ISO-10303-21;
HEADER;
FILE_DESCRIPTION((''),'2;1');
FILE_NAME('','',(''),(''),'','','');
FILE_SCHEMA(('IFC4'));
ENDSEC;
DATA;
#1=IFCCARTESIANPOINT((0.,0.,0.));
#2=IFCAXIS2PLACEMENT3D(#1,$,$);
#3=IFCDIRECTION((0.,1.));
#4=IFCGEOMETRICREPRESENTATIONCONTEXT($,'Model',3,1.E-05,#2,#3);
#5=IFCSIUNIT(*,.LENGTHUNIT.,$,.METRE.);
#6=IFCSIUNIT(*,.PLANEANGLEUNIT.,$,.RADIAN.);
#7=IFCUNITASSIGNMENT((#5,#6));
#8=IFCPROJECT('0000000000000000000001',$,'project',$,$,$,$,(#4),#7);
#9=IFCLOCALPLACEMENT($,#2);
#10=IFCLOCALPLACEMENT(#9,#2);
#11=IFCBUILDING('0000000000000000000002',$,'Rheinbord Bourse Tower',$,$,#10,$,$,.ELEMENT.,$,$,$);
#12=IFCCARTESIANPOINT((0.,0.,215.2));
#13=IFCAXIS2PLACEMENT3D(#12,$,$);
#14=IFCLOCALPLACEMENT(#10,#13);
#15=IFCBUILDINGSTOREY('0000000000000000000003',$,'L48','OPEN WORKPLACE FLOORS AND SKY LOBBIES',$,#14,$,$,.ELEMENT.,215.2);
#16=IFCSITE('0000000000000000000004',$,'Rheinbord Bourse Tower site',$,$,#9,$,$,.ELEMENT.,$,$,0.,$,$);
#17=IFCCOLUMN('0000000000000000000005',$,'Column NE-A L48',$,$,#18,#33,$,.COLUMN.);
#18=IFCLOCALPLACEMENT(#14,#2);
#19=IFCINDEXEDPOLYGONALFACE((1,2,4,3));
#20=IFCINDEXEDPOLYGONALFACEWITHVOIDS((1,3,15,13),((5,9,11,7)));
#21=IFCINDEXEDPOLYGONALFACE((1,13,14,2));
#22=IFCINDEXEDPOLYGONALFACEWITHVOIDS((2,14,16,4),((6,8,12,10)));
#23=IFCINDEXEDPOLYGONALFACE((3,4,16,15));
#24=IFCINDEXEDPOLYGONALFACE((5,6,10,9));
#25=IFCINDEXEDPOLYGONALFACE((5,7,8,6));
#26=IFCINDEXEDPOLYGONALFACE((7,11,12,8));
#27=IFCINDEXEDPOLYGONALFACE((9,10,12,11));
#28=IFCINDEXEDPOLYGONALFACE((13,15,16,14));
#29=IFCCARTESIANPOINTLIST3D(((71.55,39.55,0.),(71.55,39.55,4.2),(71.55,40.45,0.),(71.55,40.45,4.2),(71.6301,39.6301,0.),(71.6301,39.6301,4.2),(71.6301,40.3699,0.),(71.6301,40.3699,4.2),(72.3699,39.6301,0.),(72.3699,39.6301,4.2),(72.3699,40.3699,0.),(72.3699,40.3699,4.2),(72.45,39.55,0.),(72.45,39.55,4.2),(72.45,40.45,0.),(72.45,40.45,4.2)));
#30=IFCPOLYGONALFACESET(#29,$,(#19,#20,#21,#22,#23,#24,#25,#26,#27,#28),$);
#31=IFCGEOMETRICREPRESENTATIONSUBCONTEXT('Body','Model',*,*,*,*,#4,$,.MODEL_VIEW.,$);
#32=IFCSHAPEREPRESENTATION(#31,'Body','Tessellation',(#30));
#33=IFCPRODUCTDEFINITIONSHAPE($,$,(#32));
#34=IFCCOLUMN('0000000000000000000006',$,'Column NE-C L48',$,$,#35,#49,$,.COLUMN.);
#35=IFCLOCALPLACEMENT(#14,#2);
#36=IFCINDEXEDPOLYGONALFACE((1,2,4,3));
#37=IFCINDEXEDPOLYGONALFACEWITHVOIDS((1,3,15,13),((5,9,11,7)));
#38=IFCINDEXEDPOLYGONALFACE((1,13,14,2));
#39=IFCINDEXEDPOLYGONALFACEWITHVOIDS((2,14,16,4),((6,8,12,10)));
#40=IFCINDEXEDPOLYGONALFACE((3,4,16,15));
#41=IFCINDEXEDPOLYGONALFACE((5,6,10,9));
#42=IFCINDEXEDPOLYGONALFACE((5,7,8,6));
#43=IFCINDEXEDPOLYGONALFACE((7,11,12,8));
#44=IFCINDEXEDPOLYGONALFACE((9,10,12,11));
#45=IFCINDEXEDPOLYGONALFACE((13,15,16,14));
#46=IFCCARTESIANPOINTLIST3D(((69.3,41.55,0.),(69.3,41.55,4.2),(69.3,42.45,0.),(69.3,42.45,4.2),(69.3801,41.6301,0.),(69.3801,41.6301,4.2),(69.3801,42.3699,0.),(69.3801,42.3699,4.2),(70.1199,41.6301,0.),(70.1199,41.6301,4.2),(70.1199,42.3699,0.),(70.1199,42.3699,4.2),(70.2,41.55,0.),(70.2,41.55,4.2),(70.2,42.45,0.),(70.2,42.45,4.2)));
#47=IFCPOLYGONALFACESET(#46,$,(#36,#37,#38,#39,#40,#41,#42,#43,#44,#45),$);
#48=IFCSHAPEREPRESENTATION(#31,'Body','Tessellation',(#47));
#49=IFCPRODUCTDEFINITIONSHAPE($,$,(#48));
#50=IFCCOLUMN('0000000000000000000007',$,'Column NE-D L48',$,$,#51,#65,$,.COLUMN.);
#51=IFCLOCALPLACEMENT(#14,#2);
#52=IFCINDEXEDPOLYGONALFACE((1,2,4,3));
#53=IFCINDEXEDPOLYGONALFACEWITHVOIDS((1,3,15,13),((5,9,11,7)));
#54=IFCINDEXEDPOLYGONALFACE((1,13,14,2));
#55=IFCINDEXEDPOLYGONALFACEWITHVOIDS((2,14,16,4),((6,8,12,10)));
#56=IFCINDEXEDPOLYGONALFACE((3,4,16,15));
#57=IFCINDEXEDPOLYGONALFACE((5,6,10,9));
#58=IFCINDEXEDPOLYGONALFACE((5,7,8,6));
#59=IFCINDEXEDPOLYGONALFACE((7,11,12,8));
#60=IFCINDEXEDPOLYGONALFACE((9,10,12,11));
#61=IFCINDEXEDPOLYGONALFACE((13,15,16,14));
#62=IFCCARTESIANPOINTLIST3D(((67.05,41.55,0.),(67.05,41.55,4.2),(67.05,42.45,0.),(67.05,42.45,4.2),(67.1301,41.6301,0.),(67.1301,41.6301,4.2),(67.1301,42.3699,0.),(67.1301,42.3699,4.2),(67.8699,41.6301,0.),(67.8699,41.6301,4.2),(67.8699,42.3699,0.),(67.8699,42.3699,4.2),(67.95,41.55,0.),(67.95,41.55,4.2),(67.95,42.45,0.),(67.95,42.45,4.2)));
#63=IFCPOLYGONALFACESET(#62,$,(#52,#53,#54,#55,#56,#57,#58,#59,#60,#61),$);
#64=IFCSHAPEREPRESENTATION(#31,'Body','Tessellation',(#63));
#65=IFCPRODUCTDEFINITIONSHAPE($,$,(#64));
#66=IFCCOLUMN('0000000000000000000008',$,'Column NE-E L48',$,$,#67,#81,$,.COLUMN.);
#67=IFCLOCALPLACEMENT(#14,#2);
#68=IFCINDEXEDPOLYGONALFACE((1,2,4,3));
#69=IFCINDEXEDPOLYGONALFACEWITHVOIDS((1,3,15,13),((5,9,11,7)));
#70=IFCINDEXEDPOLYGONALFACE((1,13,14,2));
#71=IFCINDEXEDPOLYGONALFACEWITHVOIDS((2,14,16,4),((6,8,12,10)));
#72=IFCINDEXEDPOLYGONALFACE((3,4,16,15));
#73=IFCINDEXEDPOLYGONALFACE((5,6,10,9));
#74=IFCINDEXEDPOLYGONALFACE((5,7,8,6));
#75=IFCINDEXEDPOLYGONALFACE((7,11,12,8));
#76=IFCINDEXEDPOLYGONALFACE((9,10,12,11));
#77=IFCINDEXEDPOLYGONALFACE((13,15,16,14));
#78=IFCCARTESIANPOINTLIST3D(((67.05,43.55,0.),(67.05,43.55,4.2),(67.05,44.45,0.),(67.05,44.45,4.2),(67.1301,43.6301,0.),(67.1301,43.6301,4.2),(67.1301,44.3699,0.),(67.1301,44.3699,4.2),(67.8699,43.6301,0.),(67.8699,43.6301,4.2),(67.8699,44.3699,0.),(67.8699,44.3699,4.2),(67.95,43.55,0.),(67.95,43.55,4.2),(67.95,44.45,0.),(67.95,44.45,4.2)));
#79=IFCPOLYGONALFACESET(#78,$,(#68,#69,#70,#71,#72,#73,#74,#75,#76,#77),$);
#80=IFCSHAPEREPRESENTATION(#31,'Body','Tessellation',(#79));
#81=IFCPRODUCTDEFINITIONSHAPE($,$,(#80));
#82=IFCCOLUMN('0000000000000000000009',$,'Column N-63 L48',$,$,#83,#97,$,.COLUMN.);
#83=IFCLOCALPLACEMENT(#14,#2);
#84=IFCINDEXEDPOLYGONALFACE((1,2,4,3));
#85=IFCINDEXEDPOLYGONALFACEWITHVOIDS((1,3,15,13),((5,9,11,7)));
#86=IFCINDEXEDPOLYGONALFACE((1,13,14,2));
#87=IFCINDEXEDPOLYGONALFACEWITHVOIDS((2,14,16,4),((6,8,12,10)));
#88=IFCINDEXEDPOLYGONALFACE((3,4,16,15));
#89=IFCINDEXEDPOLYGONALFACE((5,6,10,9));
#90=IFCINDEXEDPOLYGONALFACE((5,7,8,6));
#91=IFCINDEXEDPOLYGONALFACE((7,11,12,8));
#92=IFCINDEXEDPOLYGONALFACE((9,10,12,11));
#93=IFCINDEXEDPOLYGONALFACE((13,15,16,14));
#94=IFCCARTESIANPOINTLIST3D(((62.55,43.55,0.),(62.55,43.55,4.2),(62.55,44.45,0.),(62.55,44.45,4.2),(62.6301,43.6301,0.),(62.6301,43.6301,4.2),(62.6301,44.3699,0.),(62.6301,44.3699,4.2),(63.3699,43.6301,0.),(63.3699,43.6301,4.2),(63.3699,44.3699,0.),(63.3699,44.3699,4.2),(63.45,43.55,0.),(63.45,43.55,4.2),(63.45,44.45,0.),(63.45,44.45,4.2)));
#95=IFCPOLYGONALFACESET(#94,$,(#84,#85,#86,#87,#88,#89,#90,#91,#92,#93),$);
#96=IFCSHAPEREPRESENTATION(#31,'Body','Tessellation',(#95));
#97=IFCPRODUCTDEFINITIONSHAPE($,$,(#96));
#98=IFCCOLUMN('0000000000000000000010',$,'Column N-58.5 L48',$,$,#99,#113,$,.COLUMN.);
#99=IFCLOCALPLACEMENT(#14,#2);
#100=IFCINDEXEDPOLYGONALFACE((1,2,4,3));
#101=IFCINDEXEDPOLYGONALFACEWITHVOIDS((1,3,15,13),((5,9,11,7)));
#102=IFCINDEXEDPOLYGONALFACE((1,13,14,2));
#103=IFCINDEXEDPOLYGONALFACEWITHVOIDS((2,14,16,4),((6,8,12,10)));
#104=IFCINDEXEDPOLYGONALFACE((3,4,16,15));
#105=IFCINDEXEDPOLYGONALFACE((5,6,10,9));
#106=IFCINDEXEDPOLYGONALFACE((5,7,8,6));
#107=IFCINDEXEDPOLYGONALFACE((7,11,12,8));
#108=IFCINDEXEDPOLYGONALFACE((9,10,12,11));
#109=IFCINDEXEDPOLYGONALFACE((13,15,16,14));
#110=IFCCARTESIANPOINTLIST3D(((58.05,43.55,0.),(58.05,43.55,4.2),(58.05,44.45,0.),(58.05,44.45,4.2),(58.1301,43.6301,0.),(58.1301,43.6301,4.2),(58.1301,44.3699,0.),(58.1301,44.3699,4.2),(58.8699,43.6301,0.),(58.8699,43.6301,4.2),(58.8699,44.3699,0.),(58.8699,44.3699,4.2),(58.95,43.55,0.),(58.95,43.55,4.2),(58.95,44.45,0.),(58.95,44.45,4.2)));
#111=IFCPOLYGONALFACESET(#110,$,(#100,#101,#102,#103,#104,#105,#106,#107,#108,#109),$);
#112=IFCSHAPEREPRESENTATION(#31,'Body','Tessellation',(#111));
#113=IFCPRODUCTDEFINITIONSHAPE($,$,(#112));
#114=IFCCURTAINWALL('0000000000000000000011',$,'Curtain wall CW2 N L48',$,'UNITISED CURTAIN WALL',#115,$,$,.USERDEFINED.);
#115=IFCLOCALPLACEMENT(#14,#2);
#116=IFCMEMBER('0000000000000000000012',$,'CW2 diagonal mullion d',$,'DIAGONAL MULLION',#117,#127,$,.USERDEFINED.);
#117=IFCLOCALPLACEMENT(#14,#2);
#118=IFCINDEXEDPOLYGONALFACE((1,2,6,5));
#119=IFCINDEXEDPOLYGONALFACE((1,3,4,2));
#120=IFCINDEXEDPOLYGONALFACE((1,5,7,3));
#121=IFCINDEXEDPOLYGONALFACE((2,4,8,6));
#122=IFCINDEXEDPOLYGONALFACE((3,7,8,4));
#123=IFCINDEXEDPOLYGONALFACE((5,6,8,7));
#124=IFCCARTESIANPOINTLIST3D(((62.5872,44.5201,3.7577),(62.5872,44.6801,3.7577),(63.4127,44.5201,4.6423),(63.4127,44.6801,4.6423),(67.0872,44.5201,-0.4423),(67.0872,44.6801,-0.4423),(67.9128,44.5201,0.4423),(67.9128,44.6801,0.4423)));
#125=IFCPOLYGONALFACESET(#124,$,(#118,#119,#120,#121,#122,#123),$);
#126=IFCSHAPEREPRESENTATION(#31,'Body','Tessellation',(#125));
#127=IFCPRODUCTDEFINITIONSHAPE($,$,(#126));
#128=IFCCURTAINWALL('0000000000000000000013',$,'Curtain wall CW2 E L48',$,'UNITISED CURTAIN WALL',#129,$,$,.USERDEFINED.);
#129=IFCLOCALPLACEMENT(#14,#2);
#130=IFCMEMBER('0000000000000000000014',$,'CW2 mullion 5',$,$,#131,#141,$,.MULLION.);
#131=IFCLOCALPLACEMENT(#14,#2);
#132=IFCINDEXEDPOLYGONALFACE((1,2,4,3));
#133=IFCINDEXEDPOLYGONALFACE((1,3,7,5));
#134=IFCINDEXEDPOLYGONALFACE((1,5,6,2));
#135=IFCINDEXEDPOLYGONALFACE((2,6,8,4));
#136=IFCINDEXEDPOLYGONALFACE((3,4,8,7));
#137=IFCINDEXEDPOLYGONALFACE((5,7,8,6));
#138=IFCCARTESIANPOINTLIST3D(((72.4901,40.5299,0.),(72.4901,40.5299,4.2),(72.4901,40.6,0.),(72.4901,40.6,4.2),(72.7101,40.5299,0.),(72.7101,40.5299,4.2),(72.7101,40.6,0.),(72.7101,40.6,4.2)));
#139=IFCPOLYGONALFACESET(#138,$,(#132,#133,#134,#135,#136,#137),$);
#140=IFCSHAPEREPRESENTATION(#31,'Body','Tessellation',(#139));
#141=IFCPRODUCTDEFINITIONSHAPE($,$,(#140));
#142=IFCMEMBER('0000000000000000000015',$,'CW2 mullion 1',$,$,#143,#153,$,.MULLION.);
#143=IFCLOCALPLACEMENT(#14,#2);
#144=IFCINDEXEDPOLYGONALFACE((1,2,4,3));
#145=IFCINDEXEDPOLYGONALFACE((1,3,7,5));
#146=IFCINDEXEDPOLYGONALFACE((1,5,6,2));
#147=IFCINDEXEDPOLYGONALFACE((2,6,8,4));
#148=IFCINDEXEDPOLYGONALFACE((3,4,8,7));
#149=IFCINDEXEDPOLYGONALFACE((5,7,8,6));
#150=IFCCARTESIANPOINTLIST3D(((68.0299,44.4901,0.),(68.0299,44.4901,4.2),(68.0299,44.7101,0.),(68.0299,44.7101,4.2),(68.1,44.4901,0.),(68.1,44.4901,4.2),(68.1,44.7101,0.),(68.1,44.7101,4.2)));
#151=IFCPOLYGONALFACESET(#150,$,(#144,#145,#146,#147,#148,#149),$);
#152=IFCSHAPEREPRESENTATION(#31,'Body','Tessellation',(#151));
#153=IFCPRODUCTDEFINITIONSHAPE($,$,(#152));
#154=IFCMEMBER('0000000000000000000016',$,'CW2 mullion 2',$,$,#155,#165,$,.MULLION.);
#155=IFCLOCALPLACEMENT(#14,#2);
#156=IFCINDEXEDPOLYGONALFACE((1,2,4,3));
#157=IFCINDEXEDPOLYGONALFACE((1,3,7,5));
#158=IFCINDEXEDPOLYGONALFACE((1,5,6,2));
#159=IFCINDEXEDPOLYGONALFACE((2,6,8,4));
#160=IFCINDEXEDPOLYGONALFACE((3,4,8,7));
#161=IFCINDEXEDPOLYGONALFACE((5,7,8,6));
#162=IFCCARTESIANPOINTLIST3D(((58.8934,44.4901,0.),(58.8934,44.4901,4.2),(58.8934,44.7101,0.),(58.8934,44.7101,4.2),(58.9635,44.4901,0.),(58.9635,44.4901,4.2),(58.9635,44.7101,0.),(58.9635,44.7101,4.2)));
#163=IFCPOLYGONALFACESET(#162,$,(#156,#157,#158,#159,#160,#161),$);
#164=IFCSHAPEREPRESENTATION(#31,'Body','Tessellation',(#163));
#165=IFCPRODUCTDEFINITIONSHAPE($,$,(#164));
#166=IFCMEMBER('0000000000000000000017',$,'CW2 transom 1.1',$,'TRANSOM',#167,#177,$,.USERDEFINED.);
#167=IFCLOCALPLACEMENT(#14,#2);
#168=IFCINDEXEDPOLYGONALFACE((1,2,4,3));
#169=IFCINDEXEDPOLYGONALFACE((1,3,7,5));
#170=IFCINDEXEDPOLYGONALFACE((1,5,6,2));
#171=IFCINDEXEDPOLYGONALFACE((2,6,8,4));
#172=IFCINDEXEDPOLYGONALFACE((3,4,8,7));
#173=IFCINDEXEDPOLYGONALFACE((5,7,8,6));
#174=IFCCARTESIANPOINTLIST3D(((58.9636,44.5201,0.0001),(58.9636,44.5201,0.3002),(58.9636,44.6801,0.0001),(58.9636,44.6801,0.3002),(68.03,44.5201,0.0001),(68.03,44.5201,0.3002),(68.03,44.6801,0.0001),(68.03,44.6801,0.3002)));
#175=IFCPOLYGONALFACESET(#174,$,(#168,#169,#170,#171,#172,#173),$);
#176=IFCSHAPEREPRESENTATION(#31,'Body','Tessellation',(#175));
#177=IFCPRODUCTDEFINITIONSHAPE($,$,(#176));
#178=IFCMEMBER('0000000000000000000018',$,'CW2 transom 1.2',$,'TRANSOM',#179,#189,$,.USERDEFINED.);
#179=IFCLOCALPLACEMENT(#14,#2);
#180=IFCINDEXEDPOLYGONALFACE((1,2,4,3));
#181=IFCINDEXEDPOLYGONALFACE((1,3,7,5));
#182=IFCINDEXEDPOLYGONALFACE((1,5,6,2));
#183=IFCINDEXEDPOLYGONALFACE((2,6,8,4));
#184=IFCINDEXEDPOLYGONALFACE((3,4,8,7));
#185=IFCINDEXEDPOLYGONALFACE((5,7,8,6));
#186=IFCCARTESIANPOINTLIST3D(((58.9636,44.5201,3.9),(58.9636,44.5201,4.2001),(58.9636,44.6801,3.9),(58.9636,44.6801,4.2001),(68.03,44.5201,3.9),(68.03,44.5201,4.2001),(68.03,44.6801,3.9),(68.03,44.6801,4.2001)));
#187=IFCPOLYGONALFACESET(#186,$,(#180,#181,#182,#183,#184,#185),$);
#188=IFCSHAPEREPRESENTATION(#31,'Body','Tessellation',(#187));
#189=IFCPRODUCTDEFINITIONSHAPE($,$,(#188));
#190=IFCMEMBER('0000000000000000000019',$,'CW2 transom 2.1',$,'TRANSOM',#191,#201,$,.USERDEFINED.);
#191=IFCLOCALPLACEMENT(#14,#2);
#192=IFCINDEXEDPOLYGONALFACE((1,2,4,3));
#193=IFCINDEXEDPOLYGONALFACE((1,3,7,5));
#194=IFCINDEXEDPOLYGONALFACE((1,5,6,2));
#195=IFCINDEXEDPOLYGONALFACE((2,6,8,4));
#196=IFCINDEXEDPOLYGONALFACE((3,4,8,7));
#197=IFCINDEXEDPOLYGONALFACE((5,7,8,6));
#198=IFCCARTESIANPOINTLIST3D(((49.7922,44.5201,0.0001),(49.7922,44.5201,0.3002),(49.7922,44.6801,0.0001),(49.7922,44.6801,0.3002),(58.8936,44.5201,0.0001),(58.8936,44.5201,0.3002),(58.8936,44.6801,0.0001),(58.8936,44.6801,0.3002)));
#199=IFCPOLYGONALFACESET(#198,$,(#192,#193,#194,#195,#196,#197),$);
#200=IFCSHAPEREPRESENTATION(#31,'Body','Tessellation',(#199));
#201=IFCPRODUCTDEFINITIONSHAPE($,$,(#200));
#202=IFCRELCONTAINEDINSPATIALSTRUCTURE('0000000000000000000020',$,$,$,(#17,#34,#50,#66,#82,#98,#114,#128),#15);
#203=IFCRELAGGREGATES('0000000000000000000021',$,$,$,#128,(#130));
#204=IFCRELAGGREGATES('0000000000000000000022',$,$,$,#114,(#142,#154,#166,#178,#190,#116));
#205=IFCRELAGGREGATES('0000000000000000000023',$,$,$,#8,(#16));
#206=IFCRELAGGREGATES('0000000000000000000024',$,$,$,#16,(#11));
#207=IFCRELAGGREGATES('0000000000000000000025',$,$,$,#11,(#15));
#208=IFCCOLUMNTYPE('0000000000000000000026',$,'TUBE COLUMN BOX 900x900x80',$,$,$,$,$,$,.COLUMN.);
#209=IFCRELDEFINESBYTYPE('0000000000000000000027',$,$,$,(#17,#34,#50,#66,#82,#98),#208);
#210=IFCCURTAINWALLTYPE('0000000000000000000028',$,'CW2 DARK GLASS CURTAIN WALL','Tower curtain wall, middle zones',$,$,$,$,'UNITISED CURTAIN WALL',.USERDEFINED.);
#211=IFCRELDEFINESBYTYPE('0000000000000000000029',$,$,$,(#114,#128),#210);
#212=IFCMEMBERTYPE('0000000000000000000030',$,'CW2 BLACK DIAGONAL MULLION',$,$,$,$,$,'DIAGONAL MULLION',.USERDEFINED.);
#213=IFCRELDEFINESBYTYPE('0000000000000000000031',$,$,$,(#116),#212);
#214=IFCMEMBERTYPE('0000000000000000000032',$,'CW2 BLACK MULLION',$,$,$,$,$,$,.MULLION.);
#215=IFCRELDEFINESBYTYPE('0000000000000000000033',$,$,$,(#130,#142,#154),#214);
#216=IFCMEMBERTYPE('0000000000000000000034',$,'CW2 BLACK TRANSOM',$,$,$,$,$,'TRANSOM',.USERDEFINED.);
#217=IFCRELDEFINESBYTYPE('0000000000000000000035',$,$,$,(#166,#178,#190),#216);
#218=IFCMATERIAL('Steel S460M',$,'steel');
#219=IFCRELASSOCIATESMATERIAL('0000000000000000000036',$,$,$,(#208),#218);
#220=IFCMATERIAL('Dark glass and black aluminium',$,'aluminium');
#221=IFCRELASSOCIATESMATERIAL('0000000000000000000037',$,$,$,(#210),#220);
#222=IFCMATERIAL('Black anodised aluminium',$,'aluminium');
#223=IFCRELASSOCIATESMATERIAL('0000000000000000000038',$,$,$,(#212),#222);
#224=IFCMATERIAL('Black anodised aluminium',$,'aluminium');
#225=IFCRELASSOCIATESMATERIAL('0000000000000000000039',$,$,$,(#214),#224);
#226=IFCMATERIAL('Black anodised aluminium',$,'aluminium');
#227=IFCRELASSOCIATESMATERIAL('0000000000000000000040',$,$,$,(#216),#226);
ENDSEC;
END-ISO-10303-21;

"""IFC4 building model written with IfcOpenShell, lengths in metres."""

from ifc_helpers import new_model, si_unit, direction, frame, origin, origin_2d, place, context, subcontext, project, spatial, rectangle, hollow_rectangle, extrude, material, material_profile, profile_set, type_object, element, aggregate, save


model = new_model("IFC4")

# Units and contexts
model_context = context("Model", 3, precision=1e-05, world=origin(), true_north=direction((0.0, 1.0)))
body_context = subcontext(model_context, "Body", "Model", "MODEL_VIEW")
ifc_project = project(units=[si_unit("LENGTHUNIT", "METRE"), si_unit("PLANEANGLEUNIT", "RADIAN")], contexts=[model_context])

# Site, building, storey
site_placement = place(None, origin())
site = spatial("IfcSite", under=ifc_project, at=site_placement, Name="Rheinbord Bourse Tower site", CompositionType="ELEMENT", RefElevation=0.0)
building_placement = place(site_placement, origin())
building = spatial("IfcBuilding", under=site, at=building_placement, Name="Rheinbord Bourse Tower", CompositionType="ELEMENT")
storey_placement = place(building_placement, frame((0.0, 0.0, 215.2)))
storey = spatial("IfcBuildingStorey", under=building, at=storey_placement, Name="L48", Description="OPEN WORKPLACE FLOORS AND SKY LOBBIES", CompositionType="ELEMENT", Elevation=215.2)

# Columns
ifc_material_1 = material(Name="Steel S460M", Category="steel")
ifc_material_profile_1 = material_profile(ifc_material_1, hollow_rectangle(XDim=0.8999, YDim=0.8999, WallThickness=0.0801, at=origin_2d()), Name="BOX 900x900x80")
ifc_profile_set_1 = profile_set([ifc_material_profile_1], Name="Steel S460M")
column_type = type_object("IfcColumnType", Name="TUBE COLUMN BOX 900x900x80", PredefinedType="COLUMN", material=ifc_profile_set_1)
for number, where, z_axis, x_axis, name in (
    (1, (72.0, 40.0, 0.0), (0.0, 0.0, 1.0), (1.0, 0.0, 0.0), "Column NE-A L48"),
    (2, (69.75, 42.0, 0.0), (0.0, 0.0, 1.0), (1.0, 0.0, 0.0), "Column NE-C L48"),
    (3, (67.5, 42.0, 0.0), (0.0, 0.0, 1.0), (0.0, 1.0, 0.0), "Column NE-D L48"),
    (4, (67.5, 44.0, 0.0), (0.0, 0.0, 1.0), (0.0, 1.0, 0.0), "Column NE-E L48"),
    (5, (63.0, 44.0, 0.0), (0.0, 0.0, 1.0), (0.0, 1.0, 0.0), "Column N-63 L48"),
    (6, (58.5, 44.0, 0.0), (0.0, 0.0, 1.0), (0.0, 1.0, 0.0), "Column N-58.5 L48"),
):
    element("IfcColumn", number, at=place(storey_placement, frame(where, z_axis=z_axis, x_axis=x_axis)), inside=storey, type_object=column_type, Name=name, PredefinedType="COLUMN", context=body_context, shape_type="SweptSolid", body=[
        extrude(hollow_rectangle(XDim=0.8999, YDim=0.8999, WallThickness=0.0801, at=origin_2d()), origin(), (0.0, 0.0, 1.0), 4.2),
    ])

# Curtain walls, members
ifc_material_2 = material(Name="Dark glass and black aluminium", Category="aluminium")
curtain_wall_type = type_object("IfcCurtainWallType", Name="CW2 DARK GLASS CURTAIN WALL", Description="Tower curtain wall, middle zones", ElementType="UNITISED CURTAIN WALL", PredefinedType="USERDEFINED", material=ifc_material_2)
curtain_wall_1_placement = place(storey_placement, origin())
curtain_wall_1 = element("IfcCurtainWall", 7, at=curtain_wall_1_placement, inside=storey, type_object=curtain_wall_type, Name="Curtain wall CW2 N L48", ObjectType="UNITISED CURTAIN WALL", PredefinedType="USERDEFINED")
ifc_material_3 = material(Name="Black anodised aluminium", Category="aluminium")
ifc_material_profile_2 = material_profile(ifc_material_3, rectangle(XDim=0.1599, YDim=1.21, at=origin_2d()), Name="CW2 DIAGONAL MULLION 1210x160")
ifc_profile_set_2 = profile_set([ifc_material_profile_2], Name="Black anodised aluminium")
member_type_1 = type_object("IfcMemberType", Name="CW2 BLACK DIAGONAL MULLION", ElementType="DIAGONAL MULLION", PredefinedType="USERDEFINED", material=ifc_profile_set_2)
member_1_placement = place(storey_placement, frame((67.5, 44.6001, 0.0), z_axis=(-0.731059, 0.0, 0.682314), x_axis=(0.0, -1.0, 0.0)))
member_1 = element("IfcMember", 8, at=member_1_placement, type_object=member_type_1, Name="CW2 diagonal mullion d", ObjectType="DIAGONAL MULLION", PredefinedType="USERDEFINED", context=body_context, shape_type="SweptSolid", body=[
    extrude(rectangle(XDim=0.1599, YDim=1.21, at=origin_2d()), origin(), (0.0, 0.0, 1.0), 6.1555),
])
curtain_wall_2_placement = place(storey_placement, origin())
curtain_wall_2 = element("IfcCurtainWall", 9, at=curtain_wall_2_placement, inside=storey, type_object=curtain_wall_type, Name="Curtain wall CW2 E L48", ObjectType="UNITISED CURTAIN WALL", PredefinedType="USERDEFINED")
ifc_material_4 = material(Name="Black anodised aluminium", Category="aluminium")
ifc_material_profile_3 = material_profile(ifc_material_4, rectangle(XDim=0.22, YDim=0.0701, at=origin_2d()), Name="CW2 MULLION 70x220")
ifc_profile_set_3 = profile_set([ifc_material_profile_3], Name="Black anodised aluminium")
member_type_2 = type_object("IfcMemberType", Name="CW2 BLACK MULLION", PredefinedType="MULLION", material=ifc_profile_set_3)
member_2_placement = place(storey_placement, frame((72.6001, 40.5649, 0.0), z_axis=(0.0, 0.0, 1.0), x_axis=(-1.0, 0.0, 0.0)))
member_2 = element("IfcMember", 10, at=member_2_placement, type_object=member_type_2, Name="CW2 mullion 5", PredefinedType="MULLION", context=body_context, shape_type="SweptSolid", body=[
    extrude(rectangle(XDim=0.22, YDim=0.0701, at=origin_2d()), origin(), (0.0, 0.0, 1.0), 4.2),
])

# Members
member_3_placement = place(storey_placement, frame((68.0649, 44.6001, 0.0), z_axis=(0.0, 0.0, 1.0), x_axis=(0.0, -1.0, 0.0)))
member_3 = element("IfcMember", 11, at=member_3_placement, type_object=member_type_2, Name="CW2 mullion 1", PredefinedType="MULLION", context=body_context, shape_type="SweptSolid", body=[
    extrude(rectangle(XDim=0.22, YDim=0.0701, at=origin_2d()), origin(), (0.0, 0.0, 1.0), 4.2),
])
member_4_placement = place(storey_placement, frame((58.9285, 44.6001, 0.0), z_axis=(0.0, 0.0, 1.0), x_axis=(0.0, -1.0, 0.0)))
member_4 = element("IfcMember", 12, at=member_4_placement, type_object=member_type_2, Name="CW2 mullion 2", PredefinedType="MULLION", context=body_context, shape_type="SweptSolid", body=[
    extrude(rectangle(XDim=0.22, YDim=0.0701, at=origin_2d()), origin(), (0.0, 0.0, 1.0), 4.2),
])
ifc_material_5 = material(Name="Black anodised aluminium", Category="aluminium")
ifc_material_profile_4 = material_profile(ifc_material_5, rectangle(XDim=0.1599, YDim=0.3, at=origin_2d()), Name="CW2 TRANSOM 300x160")
ifc_profile_set_4 = profile_set([ifc_material_profile_4], Name="Black anodised aluminium")
member_type_3 = type_object("IfcMemberType", Name="CW2 BLACK TRANSOM", ElementType="TRANSOM", PredefinedType="USERDEFINED", material=ifc_profile_set_4)
member_5_placement = place(storey_placement, frame((68.03, 44.6001, 0.1501), z_axis=(-1.0, 0.0, 0.0), x_axis=(0.0, -1.0, 0.0)))
member_5 = element("IfcMember", 13, at=member_5_placement, type_object=member_type_3, Name="CW2 transom 1.1", ObjectType="TRANSOM", PredefinedType="USERDEFINED", context=body_context, shape_type="SweptSolid", body=[
    extrude(rectangle(XDim=0.1599, YDim=0.3, at=origin_2d()), origin(), (0.0, 0.0, 1.0), 9.0664),
])
member_6_placement = place(storey_placement, frame((68.03, 44.6001, 4.05), z_axis=(-1.0, 0.0, 0.0), x_axis=(0.0, -1.0, 0.0)))
member_6 = element("IfcMember", 14, at=member_6_placement, type_object=member_type_3, Name="CW2 transom 1.2", ObjectType="TRANSOM", PredefinedType="USERDEFINED", context=body_context, shape_type="SweptSolid", body=[
    extrude(rectangle(XDim=0.1599, YDim=0.3, at=origin_2d()), origin(), (0.0, 0.0, 1.0), 9.0664),
])
member_7_placement = place(storey_placement, frame((58.8936, 44.6001, 0.1501), z_axis=(-1.0, 0.0, 0.0), x_axis=(0.0, -1.0, 0.0)))
member_7 = element("IfcMember", 15, at=member_7_placement, type_object=member_type_3, Name="CW2 transom 2.1", ObjectType="TRANSOM", PredefinedType="USERDEFINED", context=body_context, shape_type="SweptSolid", body=[
    extrude(rectangle(XDim=0.1599, YDim=0.3, at=origin_2d()), origin(), (0.0, 0.0, 1.0), 9.1013),
])

aggregate(curtain_wall_2, [member_2])
aggregate(curtain_wall_1, [member_3, member_4, member_5, member_6, member_7, member_1])

save(model, "model.ifc")
